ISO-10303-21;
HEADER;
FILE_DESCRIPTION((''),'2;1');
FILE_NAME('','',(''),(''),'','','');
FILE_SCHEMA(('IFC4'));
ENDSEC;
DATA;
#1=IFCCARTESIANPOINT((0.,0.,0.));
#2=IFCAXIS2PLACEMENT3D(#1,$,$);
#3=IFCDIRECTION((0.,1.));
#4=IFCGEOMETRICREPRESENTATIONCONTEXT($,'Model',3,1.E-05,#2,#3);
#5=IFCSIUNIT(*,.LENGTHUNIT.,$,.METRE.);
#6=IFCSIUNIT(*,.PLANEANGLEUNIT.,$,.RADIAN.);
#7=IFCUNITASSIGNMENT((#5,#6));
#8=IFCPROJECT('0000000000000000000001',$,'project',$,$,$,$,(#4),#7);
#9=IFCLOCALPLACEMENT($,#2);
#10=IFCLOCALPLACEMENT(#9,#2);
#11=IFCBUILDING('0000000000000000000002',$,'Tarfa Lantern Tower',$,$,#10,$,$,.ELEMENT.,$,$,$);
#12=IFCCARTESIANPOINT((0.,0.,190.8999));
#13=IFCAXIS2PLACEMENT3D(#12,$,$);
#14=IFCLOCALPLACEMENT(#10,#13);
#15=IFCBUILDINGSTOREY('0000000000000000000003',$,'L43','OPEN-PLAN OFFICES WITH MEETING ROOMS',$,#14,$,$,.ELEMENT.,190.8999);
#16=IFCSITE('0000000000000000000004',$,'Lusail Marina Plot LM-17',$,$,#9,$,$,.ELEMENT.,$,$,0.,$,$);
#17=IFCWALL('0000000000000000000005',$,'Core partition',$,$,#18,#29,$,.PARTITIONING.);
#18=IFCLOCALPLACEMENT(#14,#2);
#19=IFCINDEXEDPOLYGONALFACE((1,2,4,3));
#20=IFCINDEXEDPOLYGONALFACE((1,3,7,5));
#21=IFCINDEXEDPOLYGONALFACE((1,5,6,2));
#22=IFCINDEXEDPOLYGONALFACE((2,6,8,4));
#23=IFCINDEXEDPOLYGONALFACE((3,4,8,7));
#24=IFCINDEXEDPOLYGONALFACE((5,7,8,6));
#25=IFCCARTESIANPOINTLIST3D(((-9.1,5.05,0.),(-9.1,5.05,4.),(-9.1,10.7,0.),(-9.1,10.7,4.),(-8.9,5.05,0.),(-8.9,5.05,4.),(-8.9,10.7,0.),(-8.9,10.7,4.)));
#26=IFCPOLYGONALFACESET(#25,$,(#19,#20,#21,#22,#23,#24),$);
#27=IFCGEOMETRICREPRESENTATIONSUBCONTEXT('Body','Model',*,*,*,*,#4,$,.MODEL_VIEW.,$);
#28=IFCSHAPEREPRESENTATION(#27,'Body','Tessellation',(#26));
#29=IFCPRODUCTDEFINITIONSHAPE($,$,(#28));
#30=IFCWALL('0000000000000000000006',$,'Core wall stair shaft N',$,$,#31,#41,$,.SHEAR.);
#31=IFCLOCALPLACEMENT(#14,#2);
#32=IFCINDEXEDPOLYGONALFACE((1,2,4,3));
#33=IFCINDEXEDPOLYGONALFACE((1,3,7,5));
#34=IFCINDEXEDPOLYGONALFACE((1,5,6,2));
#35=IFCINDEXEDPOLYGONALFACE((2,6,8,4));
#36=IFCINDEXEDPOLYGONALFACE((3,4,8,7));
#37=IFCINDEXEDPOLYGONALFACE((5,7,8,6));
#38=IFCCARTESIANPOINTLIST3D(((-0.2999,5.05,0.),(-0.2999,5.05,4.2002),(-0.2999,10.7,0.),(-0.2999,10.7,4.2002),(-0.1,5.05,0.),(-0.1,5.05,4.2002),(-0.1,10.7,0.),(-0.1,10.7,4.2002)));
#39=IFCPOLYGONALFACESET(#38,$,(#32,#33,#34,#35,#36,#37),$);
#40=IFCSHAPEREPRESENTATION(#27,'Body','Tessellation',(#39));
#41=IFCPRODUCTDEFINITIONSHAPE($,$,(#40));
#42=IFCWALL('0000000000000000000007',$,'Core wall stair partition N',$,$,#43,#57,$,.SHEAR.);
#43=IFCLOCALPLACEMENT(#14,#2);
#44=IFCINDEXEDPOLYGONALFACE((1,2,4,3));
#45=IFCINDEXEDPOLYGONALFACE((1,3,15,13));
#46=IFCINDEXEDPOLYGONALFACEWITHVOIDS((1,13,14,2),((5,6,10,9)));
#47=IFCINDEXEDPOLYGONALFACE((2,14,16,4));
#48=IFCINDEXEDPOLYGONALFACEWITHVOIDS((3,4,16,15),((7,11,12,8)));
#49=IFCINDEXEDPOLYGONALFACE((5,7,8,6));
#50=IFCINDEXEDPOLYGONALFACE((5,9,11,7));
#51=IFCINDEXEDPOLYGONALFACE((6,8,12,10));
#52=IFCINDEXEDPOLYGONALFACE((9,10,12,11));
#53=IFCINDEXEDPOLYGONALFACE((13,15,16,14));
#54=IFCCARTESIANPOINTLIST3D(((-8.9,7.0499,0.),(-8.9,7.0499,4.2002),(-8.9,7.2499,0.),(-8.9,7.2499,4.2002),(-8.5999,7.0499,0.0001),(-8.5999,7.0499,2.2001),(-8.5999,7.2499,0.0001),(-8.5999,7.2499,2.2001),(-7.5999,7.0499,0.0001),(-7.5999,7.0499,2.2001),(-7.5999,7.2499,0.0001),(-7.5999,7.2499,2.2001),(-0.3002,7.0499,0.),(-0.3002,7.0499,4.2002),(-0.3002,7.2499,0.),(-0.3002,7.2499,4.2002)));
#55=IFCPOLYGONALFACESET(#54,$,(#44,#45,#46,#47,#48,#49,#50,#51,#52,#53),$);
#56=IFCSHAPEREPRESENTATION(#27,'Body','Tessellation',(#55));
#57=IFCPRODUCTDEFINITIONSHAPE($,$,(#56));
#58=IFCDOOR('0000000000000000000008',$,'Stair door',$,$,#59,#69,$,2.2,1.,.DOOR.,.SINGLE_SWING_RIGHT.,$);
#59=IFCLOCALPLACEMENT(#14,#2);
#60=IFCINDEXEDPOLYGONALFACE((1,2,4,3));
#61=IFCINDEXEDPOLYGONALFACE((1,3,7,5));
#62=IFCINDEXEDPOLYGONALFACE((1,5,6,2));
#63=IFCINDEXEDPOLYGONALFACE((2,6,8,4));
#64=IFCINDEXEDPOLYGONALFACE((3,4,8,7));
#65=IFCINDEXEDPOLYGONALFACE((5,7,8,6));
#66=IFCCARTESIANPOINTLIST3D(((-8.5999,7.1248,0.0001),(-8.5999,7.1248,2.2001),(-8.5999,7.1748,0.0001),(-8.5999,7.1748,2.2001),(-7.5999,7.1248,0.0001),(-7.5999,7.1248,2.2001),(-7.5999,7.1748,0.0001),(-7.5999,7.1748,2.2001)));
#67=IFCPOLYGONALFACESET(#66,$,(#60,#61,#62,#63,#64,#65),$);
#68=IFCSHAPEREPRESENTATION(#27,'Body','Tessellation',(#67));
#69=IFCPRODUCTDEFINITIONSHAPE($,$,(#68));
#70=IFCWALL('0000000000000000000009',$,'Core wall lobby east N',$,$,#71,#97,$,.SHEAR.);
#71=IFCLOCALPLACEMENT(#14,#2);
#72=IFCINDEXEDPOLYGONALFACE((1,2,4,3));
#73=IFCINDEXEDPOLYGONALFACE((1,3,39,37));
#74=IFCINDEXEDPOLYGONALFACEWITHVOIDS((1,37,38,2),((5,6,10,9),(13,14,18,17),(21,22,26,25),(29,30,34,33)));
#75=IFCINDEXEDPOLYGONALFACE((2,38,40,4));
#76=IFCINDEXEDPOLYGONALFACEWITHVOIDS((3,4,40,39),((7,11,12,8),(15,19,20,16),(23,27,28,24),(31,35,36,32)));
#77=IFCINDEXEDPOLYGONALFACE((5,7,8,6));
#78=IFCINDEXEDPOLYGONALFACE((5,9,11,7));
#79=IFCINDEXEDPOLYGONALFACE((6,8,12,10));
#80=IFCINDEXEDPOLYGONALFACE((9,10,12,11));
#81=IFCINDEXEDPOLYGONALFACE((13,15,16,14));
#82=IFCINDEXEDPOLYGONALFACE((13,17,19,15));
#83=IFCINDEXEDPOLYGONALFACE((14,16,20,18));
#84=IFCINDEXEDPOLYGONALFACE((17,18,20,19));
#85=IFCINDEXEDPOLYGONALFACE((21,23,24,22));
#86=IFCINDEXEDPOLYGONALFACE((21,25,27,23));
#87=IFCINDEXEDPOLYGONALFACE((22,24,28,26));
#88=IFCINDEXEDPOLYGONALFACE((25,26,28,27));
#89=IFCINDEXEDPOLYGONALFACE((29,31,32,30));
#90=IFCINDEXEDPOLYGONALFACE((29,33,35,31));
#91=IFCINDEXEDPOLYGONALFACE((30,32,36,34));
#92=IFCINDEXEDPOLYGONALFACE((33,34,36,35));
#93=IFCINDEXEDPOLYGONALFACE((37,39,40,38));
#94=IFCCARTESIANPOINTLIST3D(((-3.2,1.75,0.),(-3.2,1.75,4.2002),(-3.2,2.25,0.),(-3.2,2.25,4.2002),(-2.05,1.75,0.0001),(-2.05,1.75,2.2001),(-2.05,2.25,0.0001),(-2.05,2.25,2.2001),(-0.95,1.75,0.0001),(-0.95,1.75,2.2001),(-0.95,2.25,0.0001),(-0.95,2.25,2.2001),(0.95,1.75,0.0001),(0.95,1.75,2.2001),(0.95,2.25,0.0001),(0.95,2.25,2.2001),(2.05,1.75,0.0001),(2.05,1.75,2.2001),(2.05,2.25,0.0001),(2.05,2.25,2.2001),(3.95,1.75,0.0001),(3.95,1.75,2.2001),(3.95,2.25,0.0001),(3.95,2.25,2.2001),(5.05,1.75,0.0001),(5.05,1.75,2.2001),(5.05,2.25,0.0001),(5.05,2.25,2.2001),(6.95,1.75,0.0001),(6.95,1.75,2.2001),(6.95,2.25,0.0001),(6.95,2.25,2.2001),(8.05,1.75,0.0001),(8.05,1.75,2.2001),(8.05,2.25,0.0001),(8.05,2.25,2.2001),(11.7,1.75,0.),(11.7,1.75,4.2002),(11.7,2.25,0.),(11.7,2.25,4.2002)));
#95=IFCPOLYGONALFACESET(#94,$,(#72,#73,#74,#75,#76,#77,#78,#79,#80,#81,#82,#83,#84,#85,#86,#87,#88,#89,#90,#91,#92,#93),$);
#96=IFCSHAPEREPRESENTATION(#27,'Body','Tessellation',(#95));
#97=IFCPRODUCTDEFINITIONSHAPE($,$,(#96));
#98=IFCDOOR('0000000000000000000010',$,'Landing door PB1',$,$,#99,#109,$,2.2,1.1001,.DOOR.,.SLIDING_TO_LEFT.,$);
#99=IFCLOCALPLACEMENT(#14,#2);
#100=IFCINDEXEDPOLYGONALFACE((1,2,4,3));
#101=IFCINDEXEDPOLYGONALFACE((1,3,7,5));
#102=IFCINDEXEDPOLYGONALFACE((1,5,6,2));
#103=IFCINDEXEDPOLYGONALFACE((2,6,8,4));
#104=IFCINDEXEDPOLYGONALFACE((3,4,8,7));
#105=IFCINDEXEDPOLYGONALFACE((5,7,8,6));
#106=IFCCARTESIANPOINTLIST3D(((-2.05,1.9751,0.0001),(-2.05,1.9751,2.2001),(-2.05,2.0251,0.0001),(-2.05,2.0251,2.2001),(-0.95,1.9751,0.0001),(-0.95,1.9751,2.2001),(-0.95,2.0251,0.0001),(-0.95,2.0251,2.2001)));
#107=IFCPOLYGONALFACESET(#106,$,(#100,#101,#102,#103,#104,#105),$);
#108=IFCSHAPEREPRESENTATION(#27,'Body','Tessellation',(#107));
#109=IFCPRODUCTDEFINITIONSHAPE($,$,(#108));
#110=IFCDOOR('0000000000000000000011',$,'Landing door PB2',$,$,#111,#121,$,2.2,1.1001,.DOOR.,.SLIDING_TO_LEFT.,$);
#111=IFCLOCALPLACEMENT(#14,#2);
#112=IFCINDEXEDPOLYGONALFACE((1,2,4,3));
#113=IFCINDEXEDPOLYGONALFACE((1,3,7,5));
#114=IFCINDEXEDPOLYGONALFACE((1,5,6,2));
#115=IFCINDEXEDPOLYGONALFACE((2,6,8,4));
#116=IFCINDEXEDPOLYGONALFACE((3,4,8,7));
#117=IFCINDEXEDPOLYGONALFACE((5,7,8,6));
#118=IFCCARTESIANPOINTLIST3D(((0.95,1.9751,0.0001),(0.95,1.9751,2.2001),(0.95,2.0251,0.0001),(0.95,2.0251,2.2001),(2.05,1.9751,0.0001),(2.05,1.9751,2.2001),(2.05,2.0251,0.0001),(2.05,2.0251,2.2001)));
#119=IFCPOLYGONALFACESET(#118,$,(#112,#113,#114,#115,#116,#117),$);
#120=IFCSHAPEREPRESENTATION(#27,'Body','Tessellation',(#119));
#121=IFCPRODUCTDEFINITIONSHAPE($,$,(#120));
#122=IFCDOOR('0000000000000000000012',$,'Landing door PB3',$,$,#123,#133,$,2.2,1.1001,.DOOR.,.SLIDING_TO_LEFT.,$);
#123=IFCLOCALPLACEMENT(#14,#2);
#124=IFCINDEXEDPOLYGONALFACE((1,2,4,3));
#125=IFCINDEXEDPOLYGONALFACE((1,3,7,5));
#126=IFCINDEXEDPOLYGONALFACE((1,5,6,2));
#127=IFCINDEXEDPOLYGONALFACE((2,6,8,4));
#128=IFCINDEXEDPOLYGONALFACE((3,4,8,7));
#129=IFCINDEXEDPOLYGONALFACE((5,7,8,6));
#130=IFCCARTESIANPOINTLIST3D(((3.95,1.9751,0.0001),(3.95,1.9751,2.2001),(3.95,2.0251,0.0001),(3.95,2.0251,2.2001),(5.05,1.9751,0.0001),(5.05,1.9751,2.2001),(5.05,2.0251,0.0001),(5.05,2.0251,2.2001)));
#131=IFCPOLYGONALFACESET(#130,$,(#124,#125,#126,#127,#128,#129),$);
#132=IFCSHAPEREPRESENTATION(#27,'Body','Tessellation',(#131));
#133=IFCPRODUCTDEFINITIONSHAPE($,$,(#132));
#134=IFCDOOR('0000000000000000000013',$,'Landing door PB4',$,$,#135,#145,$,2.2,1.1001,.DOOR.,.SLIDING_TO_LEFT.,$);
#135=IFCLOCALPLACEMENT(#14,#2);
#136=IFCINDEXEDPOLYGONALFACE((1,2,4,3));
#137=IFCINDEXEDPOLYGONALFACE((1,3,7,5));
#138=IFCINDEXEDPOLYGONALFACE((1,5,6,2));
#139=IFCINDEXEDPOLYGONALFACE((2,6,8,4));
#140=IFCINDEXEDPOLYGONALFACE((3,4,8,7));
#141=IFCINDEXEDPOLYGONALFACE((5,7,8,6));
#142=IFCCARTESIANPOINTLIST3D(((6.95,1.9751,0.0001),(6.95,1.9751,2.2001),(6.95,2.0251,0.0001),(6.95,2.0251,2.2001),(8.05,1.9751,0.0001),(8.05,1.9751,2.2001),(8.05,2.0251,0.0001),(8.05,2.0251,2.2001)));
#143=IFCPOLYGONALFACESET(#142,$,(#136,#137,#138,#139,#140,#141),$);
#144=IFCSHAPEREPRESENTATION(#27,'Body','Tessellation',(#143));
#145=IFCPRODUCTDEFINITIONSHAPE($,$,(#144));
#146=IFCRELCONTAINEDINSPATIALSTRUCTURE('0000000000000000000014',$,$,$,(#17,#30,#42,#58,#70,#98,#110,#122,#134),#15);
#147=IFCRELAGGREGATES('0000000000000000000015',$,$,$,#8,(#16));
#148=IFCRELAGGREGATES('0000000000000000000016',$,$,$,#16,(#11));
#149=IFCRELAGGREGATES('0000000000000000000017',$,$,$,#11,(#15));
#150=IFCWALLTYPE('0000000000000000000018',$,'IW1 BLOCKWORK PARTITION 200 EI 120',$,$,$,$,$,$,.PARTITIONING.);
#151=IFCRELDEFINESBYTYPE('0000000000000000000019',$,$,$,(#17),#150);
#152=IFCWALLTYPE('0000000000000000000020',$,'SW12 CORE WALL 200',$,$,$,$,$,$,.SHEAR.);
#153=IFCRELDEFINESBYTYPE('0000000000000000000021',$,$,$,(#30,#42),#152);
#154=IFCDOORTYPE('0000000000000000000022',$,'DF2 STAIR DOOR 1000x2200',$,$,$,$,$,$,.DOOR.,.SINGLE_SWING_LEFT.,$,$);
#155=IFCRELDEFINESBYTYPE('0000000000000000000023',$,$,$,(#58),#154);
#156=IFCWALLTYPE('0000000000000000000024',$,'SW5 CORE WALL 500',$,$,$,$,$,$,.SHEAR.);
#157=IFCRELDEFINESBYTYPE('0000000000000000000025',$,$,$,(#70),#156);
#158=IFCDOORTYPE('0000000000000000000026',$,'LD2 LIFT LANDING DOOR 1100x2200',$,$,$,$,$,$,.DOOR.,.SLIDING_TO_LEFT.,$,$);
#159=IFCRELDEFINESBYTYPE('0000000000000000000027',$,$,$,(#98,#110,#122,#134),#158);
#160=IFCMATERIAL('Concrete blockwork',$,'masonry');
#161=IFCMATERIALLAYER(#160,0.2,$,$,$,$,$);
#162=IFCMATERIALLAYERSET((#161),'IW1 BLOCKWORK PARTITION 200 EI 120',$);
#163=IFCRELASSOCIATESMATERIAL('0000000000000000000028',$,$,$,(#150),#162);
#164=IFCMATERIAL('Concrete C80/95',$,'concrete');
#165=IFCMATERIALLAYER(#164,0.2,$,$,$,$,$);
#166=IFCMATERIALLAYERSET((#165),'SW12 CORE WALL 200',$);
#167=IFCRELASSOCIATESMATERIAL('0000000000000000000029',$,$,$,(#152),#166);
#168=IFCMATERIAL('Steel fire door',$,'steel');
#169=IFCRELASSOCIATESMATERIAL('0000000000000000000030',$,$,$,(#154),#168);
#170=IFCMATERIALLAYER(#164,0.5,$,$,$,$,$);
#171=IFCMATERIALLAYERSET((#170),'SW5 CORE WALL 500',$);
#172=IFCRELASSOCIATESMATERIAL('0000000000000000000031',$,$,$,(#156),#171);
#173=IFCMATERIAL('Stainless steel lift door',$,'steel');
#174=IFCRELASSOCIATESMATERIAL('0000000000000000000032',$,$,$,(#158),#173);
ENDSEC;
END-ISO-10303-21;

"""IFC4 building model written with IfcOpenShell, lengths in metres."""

from ifc_helpers import new_model, si_unit, direction, frame, frame_2d, origin, place, context, subcontext, project, spatial, rectangle, extrude, material, layer, layer_set, type_object, element, fill, save


model = new_model("IFC4")

# Units and contexts
model_context = context("Model", 3, precision=1e-05, world=origin(), true_north=direction((0.0, 1.0)))
body_context = subcontext(model_context, "Body", "Model", "MODEL_VIEW")
ifc_project = project(units=[si_unit("LENGTHUNIT", "METRE"), si_unit("PLANEANGLEUNIT", "RADIAN")], contexts=[model_context])

# Site, building, storey
site_placement = place(None, origin())
site = spatial("IfcSite", under=ifc_project, at=site_placement, Name="Lusail Marina Plot LM-17", CompositionType="ELEMENT", RefElevation=0.0)
building_placement = place(site_placement, origin())
building = spatial("IfcBuilding", under=site, at=building_placement, Name="Tarfa Lantern Tower", CompositionType="ELEMENT")
storey_placement = place(building_placement, frame((0.0, 0.0, 190.8999)))
storey = spatial("IfcBuildingStorey", under=building, at=storey_placement, Name="L43", Description="OPEN-PLAN OFFICES WITH MEETING ROOMS", CompositionType="ELEMENT", Elevation=190.8999)

# Walls
ifc_material_1 = material(Name="Concrete blockwork", Category="masonry")
ifc_layer_1 = layer(ifc_material_1, 0.2)
ifc_layer_set_1 = layer_set([ifc_layer_1], Name="IW1 BLOCKWORK PARTITION 200 EI 120")
wall_type_1 = type_object("IfcWallType", Name="IW1 BLOCKWORK PARTITION 200 EI 120", PredefinedType="PARTITIONING", material=ifc_layer_set_1)
wall_1_placement = place(storey_placement, frame((-9.0, 5.05, 0.0), z_axis=(0.0, 0.0, 1.0), x_axis=(0.0, 1.0, 0.0)))
element("IfcWall", 1, at=wall_1_placement, inside=storey, type_object=wall_type_1, Name="Core partition", PredefinedType="PARTITIONING", context=body_context, shape_type="SweptSolid", body=[
    extrude(rectangle(XDim=5.6499, YDim=0.2, at=frame_2d((2.825, 0.0))), origin(), (0.0, 0.0, 1.0), 4.0),
])
ifc_material_2 = material(Name="Concrete C80/95", Category="concrete")
ifc_layer_2 = layer(ifc_material_2, 0.2)
ifc_layer_set_2 = layer_set([ifc_layer_2], Name="SW12 CORE WALL 200")
wall_type_2 = type_object("IfcWallType", Name="SW12 CORE WALL 200", PredefinedType="SHEAR", material=ifc_layer_set_2)
wall_2_placement = place(storey_placement, frame((-0.2, 5.05, 0.0), z_axis=(0.0, 0.0, 1.0), x_axis=(0.0, 1.0, 0.0)))
element("IfcWall", 2, at=wall_2_placement, inside=storey, type_object=wall_type_2, Name="Core wall stair shaft N", PredefinedType="SHEAR", context=body_context, shape_type="SweptSolid", body=[
    extrude(rectangle(XDim=5.6499, YDim=0.2, at=frame_2d((2.825, 0.0))), origin(), (0.0, 0.0, 1.0), 4.2002),
])

# Wall, opening, door
wall_3_placement = place(storey_placement, frame((-8.8999, 7.1499, 0.0), z_axis=(0.0, 0.0, 1.0), x_axis=(1.0, 0.0, 0.0)))
wall_3 = element("IfcWall", 3, at=wall_3_placement, inside=storey, type_object=wall_type_2, Name="Core wall stair partition N", PredefinedType="SHEAR", context=body_context, shape_type="SweptSolid", body=[
    extrude(rectangle(XDim=8.5999, YDim=0.2, at=frame_2d((4.2998, 0.0))), origin(), (0.0, 0.0, 1.0), 4.2002),
])
opening_1_placement = place(wall_3_placement, frame((0.3, 0.0, 0.0)))
opening_1 = element("IfcOpeningElement", 4, at=opening_1_placement, cuts=wall_3, PredefinedType="OPENING", context=body_context, shape_type="SweptSolid", body=[
    extrude(rectangle(XDim=1.0, YDim=2.2, at=frame_2d((0.5, 1.1001))), frame((0.0, 0.1099, 0.0), z_axis=(0.0, -1.0, 0.0), x_axis=(1.0, 0.0, 0.0)), (0.0, 0.0, 1.0), 0.22),
])
ifc_material_3 = material(Name="Steel fire door", Category="steel")
door_type_1 = type_object("IfcDoorType", Name="DF2 STAIR DOOR 1000x2200", OperationType="SINGLE_SWING_LEFT", PredefinedType="DOOR", material=ifc_material_3)
door_1_placement = place(opening_1_placement, origin())
door_1 = element("IfcDoor", 5, at=door_1_placement, inside=storey, type_object=door_type_1, Name="Stair door", OperationType="SINGLE_SWING_RIGHT", OverallHeight=2.2, OverallWidth=1.0, PredefinedType="DOOR", context=body_context, shape_type="SweptSolid", body=[
    extrude(rectangle(XDim=1.0, YDim=2.2, at=frame_2d((0.5, 1.1001))), frame((0.0, 0.0249, 0.0), z_axis=(0.0, -1.0, 0.0), x_axis=(1.0, 0.0, 0.0)), (0.0, 0.0, 1.0), 0.05),
])
fill(opening_1, door_1)

# Wall, openings, doors
ifc_layer_3 = layer(ifc_material_2, 0.5)
ifc_layer_set_3 = layer_set([ifc_layer_3], Name="SW5 CORE WALL 500")
wall_type_3 = type_object("IfcWallType", Name="SW5 CORE WALL 500", PredefinedType="SHEAR", material=ifc_layer_set_3)
wall_4_placement = place(storey_placement, frame((-3.2, 2.0, 0.0), z_axis=(0.0, 0.0, 1.0), x_axis=(1.0, 0.0, 0.0)))
wall_4 = element("IfcWall", 6, at=wall_4_placement, inside=storey, type_object=wall_type_3, Name="Core wall lobby east N", PredefinedType="SHEAR", context=body_context, shape_type="SweptSolid", body=[
    extrude(rectangle(XDim=14.8999, YDim=0.5, at=frame_2d((7.45, 0.0))), origin(), (0.0, 0.0, 1.0), 4.2002),
])
opening_2_placement = place(wall_4_placement, frame((1.1499, 0.0, 0.0)))
opening_2 = element("IfcOpeningElement", 7, at=opening_2_placement, cuts=wall_4, PredefinedType="OPENING", context=body_context, shape_type="SweptSolid", body=[
    extrude(rectangle(XDim=1.1001, YDim=2.2, at=frame_2d((0.55, 1.1001))), frame((0.0, 0.26, 0.0), z_axis=(0.0, -1.0, 0.0), x_axis=(1.0, 0.0, 0.0)), (0.0, 0.0, 1.0), 0.52),
])
opening_3_placement = place(wall_4_placement, frame((4.1499, 0.0, 0.0)))
opening_3 = element("IfcOpeningElement", 8, at=opening_3_placement, cuts=wall_4, PredefinedType="OPENING", context=body_context, shape_type="SweptSolid", body=[
    extrude(rectangle(XDim=1.1001, YDim=2.2, at=frame_2d((0.55, 1.1001))), frame((0.0, 0.26, 0.0), z_axis=(0.0, -1.0, 0.0), x_axis=(1.0, 0.0, 0.0)), (0.0, 0.0, 1.0), 0.52),
])
opening_4_placement = place(wall_4_placement, frame((7.1499, 0.0, 0.0)))
opening_4 = element("IfcOpeningElement", 9, at=opening_4_placement, cuts=wall_4, PredefinedType="OPENING", context=body_context, shape_type="SweptSolid", body=[
    extrude(rectangle(XDim=1.1001, YDim=2.2, at=frame_2d((0.55, 1.1001))), frame((0.0, 0.26, 0.0), z_axis=(0.0, -1.0, 0.0), x_axis=(1.0, 0.0, 0.0)), (0.0, 0.0, 1.0), 0.52),
])
opening_5_placement = place(wall_4_placement, frame((10.1499, 0.0, 0.0)))
opening_5 = element("IfcOpeningElement", 10, at=opening_5_placement, cuts=wall_4, PredefinedType="OPENING", context=body_context, shape_type="SweptSolid", body=[
    extrude(rectangle(XDim=1.1001, YDim=2.2, at=frame_2d((0.55, 1.1001))), frame((0.0, 0.26, 0.0), z_axis=(0.0, -1.0, 0.0), x_axis=(1.0, 0.0, 0.0)), (0.0, 0.0, 1.0), 0.52),
])
ifc_material_4 = material(Name="Stainless steel lift door", Category="steel")
door_type_2 = type_object("IfcDoorType", Name="LD2 LIFT LANDING DOOR 1100x2200", OperationType="SLIDING_TO_LEFT", PredefinedType="DOOR", material=ifc_material_4)
door_2_placement = place(opening_2_placement, frame((1.1001, 0.0, 0.0), z_axis=(0.0, 0.0, 1.0), x_axis=(-1.0, 0.0, 0.0)))
door_2 = element("IfcDoor", 11, at=door_2_placement, inside=storey, type_object=door_type_2, Name="Landing door PB1", OperationType="SLIDING_TO_LEFT", OverallHeight=2.2, OverallWidth=1.1001, PredefinedType="DOOR", context=body_context, shape_type="SweptSolid", body=[
    extrude(rectangle(XDim=1.1001, YDim=2.2, at=frame_2d((0.55, 1.1001))), frame((0.0, 0.0249, 0.0), z_axis=(0.0, -1.0, 0.0), x_axis=(1.0, 0.0, 0.0)), (0.0, 0.0, 1.0), 0.05),
])
fill(opening_2, door_2)
door_3_placement = place(opening_3_placement, frame((1.1001, 0.0, 0.0), z_axis=(0.0, 0.0, 1.0), x_axis=(-1.0, 0.0, 0.0)))
door_3 = element("IfcDoor", 12, at=door_3_placement, inside=storey, type_object=door_type_2, Name="Landing door PB2", OperationType="SLIDING_TO_LEFT", OverallHeight=2.2, OverallWidth=1.1001, PredefinedType="DOOR", context=body_context, shape_type="SweptSolid", body=[
    extrude(rectangle(XDim=1.1001, YDim=2.2, at=frame_2d((0.55, 1.1001))), frame((0.0, 0.0249, 0.0), z_axis=(0.0, -1.0, 0.0), x_axis=(1.0, 0.0, 0.0)), (0.0, 0.0, 1.0), 0.05),
])
fill(opening_3, door_3)
door_4_placement = place(opening_4_placement, frame((1.1001, 0.0, 0.0), z_axis=(0.0, 0.0, 1.0), x_axis=(-1.0, 0.0, 0.0)))
door_4 = element("IfcDoor", 13, at=door_4_placement, inside=storey, type_object=door_type_2, Name="Landing door PB3", OperationType="SLIDING_TO_LEFT", OverallHeight=2.2, OverallWidth=1.1001, PredefinedType="DOOR", context=body_context, shape_type="SweptSolid", body=[
    extrude(rectangle(XDim=1.1001, YDim=2.2, at=frame_2d((0.55, 1.1001))), frame((0.0, 0.0249, 0.0), z_axis=(0.0, -1.0, 0.0), x_axis=(1.0, 0.0, 0.0)), (0.0, 0.0, 1.0), 0.05),
])
fill(opening_4, door_4)
door_5_placement = place(opening_5_placement, frame((1.1001, 0.0, 0.0), z_axis=(0.0, 0.0, 1.0), x_axis=(-1.0, 0.0, 0.0)))
door_5 = element("IfcDoor", 14, at=door_5_placement, inside=storey, type_object=door_type_2, Name="Landing door PB4", OperationType="SLIDING_TO_LEFT", OverallHeight=2.2, OverallWidth=1.1001, PredefinedType="DOOR", context=body_context, shape_type="SweptSolid", body=[
    extrude(rectangle(XDim=1.1001, YDim=2.2, at=frame_2d((0.55, 1.1001))), frame((0.0, 0.0249, 0.0), z_axis=(0.0, -1.0, 0.0), x_axis=(1.0, 0.0, 0.0)), (0.0, 0.0, 1.0), 0.05),
])
fill(opening_5, door_5)

save(model, "model.ifc")
